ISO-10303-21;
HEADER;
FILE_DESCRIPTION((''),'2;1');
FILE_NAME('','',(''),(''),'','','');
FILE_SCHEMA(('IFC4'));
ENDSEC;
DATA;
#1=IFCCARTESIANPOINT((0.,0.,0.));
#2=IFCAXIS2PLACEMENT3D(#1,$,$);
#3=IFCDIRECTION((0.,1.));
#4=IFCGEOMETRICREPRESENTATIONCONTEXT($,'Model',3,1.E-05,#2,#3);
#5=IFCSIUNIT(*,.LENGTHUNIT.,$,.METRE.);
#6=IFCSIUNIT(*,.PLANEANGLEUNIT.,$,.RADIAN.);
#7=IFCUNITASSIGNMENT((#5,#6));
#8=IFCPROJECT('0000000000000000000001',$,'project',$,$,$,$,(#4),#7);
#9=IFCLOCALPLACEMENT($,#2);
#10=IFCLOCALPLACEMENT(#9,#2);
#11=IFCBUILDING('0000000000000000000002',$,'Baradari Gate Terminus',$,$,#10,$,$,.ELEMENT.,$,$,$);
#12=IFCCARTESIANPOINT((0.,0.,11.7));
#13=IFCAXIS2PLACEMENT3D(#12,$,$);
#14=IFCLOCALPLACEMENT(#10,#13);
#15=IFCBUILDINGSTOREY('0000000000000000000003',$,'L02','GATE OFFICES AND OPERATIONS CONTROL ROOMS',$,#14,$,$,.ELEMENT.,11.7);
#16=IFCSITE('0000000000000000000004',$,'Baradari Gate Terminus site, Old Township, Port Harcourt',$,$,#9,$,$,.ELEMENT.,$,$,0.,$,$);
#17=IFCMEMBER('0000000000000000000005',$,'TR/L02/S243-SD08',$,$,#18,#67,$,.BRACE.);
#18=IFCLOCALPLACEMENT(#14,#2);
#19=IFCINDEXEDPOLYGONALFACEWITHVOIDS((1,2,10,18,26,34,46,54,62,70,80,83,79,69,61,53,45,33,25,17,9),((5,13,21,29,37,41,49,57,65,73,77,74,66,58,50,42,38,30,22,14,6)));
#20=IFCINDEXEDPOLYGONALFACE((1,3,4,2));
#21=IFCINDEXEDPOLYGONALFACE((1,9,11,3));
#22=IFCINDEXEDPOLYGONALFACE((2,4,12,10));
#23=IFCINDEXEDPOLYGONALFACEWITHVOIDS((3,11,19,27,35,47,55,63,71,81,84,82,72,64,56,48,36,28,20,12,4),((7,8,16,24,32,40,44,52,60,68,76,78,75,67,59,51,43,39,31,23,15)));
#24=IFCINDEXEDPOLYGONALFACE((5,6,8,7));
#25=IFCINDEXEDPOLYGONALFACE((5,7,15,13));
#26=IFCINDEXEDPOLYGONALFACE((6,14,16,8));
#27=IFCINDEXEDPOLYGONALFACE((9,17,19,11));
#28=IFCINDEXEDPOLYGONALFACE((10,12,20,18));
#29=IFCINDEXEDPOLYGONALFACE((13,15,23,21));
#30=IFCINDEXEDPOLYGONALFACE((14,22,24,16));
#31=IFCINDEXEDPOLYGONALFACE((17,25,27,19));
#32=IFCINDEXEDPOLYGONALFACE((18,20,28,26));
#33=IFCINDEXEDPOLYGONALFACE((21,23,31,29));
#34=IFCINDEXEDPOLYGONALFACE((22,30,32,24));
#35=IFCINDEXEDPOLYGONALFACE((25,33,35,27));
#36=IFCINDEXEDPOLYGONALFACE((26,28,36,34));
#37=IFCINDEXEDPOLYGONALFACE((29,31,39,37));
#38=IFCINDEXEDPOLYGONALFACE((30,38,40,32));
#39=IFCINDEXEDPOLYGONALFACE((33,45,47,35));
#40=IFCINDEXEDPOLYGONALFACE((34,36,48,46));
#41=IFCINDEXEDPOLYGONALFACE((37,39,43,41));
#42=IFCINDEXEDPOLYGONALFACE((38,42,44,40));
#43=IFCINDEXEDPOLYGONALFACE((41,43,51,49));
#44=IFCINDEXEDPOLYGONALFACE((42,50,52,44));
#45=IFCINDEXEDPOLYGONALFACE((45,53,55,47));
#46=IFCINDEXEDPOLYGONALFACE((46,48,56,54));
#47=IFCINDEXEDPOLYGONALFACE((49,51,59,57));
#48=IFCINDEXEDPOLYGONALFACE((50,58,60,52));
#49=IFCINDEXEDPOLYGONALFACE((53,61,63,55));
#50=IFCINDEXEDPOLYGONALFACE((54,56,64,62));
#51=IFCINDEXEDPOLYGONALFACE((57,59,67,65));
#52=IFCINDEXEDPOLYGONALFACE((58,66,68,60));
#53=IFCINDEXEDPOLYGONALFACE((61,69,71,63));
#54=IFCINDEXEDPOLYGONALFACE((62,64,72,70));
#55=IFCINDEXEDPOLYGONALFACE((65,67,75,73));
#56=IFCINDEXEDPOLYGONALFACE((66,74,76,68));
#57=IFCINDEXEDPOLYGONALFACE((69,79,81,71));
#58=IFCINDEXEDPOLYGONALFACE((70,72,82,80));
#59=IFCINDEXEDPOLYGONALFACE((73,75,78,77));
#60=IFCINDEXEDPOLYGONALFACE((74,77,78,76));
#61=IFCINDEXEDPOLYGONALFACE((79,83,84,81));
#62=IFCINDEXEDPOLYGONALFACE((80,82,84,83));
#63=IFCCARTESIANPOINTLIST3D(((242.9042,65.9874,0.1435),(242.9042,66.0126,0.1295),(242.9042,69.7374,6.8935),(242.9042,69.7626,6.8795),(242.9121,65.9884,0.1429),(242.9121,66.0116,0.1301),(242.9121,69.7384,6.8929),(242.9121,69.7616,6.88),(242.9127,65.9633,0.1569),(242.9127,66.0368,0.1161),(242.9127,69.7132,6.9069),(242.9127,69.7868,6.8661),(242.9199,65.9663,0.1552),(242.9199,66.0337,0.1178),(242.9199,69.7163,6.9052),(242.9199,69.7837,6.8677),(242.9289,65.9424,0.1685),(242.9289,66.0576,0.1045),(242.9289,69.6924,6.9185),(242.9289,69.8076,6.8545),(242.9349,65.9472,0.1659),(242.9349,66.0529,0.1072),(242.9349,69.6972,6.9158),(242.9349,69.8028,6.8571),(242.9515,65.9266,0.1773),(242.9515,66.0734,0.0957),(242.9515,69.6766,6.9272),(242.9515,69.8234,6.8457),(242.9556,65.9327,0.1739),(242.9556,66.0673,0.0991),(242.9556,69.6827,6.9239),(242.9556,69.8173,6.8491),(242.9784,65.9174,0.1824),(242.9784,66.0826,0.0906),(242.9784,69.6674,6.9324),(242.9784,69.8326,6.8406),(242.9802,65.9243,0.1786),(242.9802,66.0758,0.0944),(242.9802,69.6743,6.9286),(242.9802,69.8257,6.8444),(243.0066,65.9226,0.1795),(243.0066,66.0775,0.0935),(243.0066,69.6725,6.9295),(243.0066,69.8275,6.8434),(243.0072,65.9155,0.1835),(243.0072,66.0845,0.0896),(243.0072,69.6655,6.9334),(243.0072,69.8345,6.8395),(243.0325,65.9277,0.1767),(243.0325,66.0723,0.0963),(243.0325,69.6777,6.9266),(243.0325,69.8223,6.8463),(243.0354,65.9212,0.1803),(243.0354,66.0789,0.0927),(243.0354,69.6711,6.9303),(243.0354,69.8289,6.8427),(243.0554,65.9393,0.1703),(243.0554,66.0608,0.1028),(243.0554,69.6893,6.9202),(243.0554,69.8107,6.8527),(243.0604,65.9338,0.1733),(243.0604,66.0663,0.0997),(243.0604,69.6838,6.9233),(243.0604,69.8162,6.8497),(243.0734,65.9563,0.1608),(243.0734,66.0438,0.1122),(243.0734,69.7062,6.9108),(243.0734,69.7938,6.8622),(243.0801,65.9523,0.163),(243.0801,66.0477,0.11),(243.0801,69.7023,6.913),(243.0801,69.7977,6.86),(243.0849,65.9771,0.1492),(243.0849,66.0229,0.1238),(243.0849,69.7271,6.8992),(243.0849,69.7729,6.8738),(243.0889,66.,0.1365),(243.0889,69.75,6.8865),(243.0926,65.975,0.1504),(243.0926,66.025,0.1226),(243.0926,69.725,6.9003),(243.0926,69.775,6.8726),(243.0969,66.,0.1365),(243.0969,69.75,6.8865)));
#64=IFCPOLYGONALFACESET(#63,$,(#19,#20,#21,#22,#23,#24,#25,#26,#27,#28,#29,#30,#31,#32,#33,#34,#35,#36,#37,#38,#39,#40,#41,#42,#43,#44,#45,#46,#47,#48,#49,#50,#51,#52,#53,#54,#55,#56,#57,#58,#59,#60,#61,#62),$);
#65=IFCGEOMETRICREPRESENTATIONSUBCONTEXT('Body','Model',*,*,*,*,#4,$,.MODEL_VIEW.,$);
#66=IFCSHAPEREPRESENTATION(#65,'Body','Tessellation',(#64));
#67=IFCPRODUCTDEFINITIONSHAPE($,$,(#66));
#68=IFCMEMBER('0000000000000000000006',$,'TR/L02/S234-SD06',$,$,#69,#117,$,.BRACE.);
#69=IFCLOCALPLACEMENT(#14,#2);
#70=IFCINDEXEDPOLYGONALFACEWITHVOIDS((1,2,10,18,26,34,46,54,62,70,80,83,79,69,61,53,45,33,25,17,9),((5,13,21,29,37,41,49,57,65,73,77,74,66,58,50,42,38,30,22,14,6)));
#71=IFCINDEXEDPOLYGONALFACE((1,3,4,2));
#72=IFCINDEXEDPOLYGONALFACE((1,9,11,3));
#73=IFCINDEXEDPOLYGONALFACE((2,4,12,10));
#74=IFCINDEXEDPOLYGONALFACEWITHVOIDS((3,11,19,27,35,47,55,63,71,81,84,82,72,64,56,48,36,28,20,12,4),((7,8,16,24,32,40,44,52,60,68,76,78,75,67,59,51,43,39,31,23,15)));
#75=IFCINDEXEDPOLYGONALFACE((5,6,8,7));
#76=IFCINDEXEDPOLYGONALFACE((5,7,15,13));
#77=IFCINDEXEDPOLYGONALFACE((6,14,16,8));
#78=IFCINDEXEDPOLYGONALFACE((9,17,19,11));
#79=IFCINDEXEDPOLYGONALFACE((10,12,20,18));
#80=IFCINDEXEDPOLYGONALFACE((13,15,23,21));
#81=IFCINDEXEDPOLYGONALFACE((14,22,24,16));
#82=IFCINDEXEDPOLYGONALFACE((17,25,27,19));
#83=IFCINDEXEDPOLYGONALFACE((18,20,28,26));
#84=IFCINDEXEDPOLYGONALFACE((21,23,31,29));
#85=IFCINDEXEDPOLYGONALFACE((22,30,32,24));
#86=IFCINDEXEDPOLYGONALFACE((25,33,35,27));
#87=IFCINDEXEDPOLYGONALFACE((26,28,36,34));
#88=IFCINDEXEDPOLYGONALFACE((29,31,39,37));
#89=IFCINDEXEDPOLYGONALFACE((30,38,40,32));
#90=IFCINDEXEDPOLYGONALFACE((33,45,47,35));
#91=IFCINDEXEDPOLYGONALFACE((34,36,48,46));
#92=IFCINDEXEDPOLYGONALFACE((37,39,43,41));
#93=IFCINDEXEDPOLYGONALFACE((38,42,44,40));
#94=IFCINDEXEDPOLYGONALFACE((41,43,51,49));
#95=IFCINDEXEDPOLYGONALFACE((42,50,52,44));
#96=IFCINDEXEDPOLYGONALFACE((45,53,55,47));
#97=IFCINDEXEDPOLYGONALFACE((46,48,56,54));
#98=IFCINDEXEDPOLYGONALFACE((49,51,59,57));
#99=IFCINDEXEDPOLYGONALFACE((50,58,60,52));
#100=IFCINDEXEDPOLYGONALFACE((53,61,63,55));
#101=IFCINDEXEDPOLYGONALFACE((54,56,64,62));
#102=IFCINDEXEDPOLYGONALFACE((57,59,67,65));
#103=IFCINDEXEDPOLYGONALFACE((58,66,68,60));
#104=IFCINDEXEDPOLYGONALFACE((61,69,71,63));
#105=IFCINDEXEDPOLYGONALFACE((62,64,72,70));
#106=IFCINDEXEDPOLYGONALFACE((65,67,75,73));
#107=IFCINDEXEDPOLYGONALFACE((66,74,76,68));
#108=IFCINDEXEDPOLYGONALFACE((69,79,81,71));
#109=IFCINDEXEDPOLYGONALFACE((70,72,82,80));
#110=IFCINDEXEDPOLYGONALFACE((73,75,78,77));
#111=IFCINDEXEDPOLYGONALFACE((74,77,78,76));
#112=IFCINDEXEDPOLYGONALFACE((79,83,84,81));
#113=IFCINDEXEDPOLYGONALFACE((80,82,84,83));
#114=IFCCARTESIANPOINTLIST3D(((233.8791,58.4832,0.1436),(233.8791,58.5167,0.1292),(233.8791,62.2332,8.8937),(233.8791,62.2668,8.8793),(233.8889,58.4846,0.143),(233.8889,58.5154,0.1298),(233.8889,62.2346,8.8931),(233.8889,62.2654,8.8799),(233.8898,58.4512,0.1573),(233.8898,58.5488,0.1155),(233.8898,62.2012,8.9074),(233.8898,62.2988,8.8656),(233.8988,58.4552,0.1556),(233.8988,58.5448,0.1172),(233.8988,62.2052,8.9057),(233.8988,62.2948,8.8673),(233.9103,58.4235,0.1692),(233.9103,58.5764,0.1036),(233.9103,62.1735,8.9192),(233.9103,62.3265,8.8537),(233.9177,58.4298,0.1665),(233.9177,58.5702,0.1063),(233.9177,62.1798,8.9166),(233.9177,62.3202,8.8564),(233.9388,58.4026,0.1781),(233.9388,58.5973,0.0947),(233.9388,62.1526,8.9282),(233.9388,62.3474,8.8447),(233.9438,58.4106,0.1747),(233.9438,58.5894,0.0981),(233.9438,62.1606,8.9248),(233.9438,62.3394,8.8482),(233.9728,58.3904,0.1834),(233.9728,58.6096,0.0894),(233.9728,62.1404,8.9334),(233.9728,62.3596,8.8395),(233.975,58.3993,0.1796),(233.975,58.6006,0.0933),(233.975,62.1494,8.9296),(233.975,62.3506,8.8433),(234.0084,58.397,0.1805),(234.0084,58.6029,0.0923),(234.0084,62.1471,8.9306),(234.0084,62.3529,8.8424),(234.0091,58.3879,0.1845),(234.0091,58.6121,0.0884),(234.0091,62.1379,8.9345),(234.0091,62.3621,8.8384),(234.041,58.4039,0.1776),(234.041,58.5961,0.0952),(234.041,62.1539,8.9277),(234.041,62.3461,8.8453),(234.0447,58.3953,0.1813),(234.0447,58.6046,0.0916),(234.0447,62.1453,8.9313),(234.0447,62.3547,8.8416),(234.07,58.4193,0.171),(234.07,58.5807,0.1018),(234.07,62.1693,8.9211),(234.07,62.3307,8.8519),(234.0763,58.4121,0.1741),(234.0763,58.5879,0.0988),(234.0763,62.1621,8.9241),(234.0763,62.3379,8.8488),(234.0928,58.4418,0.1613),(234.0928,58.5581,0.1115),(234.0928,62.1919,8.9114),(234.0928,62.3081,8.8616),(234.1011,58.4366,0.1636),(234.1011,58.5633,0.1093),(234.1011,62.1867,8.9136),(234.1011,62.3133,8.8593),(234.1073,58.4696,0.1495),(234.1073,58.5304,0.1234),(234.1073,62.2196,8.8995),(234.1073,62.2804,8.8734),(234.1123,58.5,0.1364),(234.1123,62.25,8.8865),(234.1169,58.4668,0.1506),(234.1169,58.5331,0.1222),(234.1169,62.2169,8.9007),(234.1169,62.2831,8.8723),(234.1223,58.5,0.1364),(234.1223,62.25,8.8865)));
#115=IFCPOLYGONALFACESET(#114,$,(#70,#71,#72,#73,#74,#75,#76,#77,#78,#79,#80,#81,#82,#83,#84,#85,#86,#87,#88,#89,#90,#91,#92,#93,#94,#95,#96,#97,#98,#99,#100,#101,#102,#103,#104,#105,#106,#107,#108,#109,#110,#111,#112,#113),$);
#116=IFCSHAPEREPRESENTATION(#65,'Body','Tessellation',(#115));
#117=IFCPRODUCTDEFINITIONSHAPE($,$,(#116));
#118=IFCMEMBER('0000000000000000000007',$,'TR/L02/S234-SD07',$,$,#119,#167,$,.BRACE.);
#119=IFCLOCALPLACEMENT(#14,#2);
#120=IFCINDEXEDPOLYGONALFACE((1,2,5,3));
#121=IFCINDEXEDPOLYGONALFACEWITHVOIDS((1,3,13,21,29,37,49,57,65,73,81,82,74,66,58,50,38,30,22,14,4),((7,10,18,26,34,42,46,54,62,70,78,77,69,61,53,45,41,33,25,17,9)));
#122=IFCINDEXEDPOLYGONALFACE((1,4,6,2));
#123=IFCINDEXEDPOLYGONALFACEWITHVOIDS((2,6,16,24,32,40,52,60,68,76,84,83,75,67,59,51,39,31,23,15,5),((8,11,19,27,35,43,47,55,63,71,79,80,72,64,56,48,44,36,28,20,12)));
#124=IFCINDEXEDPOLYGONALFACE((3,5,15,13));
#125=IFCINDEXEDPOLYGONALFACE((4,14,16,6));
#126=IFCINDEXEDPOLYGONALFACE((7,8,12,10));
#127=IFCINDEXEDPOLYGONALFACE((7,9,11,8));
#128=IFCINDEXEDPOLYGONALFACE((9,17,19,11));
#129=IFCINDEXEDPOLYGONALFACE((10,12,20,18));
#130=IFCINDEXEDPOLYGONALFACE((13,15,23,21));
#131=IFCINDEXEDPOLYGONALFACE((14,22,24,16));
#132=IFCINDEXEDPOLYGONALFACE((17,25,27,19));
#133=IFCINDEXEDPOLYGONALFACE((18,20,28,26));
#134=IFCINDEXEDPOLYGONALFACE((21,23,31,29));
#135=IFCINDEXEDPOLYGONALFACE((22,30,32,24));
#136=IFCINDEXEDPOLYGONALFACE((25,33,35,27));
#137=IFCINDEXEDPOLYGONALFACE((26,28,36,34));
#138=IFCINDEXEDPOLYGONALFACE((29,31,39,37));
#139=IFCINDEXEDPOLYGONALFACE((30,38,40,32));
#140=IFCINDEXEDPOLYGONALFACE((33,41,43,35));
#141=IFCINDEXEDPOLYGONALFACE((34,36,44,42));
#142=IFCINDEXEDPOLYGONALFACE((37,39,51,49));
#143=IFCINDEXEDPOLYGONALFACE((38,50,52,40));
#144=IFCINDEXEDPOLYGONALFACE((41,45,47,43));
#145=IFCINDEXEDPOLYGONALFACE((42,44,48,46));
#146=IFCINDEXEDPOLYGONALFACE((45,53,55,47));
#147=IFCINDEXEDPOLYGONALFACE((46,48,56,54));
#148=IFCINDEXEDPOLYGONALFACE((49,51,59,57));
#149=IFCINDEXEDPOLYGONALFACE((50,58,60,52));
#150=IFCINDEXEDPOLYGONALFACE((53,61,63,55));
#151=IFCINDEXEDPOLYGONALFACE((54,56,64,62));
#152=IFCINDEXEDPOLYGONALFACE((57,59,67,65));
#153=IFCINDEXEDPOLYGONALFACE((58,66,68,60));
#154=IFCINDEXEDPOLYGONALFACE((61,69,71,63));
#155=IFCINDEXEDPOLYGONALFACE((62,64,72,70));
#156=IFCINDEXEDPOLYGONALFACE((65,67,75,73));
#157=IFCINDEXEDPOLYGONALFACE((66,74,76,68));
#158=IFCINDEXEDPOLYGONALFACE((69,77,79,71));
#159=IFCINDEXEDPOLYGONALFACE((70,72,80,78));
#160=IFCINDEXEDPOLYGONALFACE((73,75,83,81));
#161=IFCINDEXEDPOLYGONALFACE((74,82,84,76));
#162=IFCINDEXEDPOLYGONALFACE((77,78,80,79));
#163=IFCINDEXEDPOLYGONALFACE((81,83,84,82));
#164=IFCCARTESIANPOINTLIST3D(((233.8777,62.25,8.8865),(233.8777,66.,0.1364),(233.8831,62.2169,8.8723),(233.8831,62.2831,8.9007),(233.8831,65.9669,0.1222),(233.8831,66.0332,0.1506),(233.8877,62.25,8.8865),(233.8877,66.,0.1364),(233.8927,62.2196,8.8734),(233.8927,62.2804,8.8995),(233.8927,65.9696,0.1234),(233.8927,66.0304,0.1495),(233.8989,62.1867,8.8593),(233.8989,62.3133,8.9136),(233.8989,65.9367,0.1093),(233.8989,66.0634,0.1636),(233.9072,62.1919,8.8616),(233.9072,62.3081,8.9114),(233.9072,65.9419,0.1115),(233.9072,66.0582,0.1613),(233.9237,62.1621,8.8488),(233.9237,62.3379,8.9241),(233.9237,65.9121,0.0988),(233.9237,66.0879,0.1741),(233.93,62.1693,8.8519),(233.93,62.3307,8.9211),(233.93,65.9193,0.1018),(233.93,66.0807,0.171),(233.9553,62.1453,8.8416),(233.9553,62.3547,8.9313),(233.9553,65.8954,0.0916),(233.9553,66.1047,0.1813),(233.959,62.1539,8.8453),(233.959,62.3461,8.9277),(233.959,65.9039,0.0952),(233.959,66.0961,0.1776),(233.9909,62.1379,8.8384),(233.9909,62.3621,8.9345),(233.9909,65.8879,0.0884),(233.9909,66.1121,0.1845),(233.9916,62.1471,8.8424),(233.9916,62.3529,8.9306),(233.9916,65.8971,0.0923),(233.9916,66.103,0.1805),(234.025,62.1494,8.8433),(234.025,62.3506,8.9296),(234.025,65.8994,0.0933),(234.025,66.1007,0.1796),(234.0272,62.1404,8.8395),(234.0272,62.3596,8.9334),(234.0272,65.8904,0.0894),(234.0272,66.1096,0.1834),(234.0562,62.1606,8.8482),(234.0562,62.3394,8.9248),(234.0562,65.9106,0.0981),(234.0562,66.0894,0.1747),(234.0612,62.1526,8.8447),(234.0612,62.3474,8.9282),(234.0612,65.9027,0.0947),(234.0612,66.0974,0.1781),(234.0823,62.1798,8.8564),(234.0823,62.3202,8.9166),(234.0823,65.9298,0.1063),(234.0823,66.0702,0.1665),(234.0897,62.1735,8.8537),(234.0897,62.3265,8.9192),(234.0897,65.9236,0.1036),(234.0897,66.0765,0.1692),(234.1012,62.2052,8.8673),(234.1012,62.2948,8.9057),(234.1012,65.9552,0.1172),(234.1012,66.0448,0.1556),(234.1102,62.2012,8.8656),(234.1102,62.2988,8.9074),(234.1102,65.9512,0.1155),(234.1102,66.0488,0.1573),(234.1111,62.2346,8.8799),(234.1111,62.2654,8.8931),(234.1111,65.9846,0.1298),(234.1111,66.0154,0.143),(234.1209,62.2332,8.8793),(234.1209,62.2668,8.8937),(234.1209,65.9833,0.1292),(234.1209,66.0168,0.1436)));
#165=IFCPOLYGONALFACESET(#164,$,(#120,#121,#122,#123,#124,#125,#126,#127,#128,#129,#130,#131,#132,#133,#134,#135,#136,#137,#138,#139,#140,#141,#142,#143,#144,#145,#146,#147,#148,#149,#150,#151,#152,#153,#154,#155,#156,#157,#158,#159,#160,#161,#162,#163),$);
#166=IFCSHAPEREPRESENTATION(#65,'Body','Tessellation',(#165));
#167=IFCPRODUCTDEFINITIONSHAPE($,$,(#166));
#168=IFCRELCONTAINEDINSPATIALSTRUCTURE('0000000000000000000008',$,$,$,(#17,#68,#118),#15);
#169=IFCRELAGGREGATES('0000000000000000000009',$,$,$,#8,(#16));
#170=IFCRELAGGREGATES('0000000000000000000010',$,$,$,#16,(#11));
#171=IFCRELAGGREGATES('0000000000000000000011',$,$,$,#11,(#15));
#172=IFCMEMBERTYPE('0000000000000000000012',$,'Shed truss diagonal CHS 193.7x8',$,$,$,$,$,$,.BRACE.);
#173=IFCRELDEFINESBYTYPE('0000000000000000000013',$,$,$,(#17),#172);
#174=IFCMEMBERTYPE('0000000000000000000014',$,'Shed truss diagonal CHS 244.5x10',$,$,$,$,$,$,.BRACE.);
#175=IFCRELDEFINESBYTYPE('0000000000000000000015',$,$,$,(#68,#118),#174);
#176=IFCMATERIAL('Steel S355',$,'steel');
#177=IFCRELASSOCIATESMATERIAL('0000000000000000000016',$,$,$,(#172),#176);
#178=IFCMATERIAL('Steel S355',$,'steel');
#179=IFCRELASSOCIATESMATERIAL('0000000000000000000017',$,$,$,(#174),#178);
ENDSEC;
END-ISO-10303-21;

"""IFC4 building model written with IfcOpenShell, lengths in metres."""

from ifc_helpers import new_model, si_unit, direction, frame, origin, origin_2d, place, context, subcontext, project, spatial, hollow_circle, extrude, material, material_profile, profile_set, type_object, element, save


model = new_model("IFC4")

# Units and contexts
model_context = context("Model", 3, precision=1e-05, world=origin(), true_north=direction((0.0, 1.0)))
body_context = subcontext(model_context, "Body", "Model", "MODEL_VIEW")
ifc_project = project(units=[si_unit("LENGTHUNIT", "METRE"), si_unit("PLANEANGLEUNIT", "RADIAN")], contexts=[model_context])

# Site, building, storey
site_placement = place(None, origin())
site = spatial("IfcSite", under=ifc_project, at=site_placement, Name="Baradari Gate Terminus site, Old Township, Port Harcourt", CompositionType="ELEMENT", RefElevation=0.0)
building_placement = place(site_placement, origin())
building = spatial("IfcBuilding", under=site, at=building_placement, Name="Baradari Gate Terminus", CompositionType="ELEMENT")
storey_placement = place(building_placement, frame((0.0, 0.0, 11.7)))
storey = spatial("IfcBuildingStorey", under=building, at=storey_placement, Name="L02", Description="GATE OFFICES AND OPERATIONS CONTROL ROOMS", CompositionType="ELEMENT", Elevation=11.7)

# Members
ifc_material_1 = material(Name="Steel S355", Category="steel")
ifc_material_profile_1 = material_profile(ifc_material_1, hollow_circle(Radius=0.0969, WallThickness=0.0081, at=origin_2d()), Name="CHS 193.7x8")
ifc_profile_set_1 = profile_set([ifc_material_profile_1], Name="Steel S355")
member_type_1 = type_object("IfcMemberType", Name="Shed truss diagonal CHS 193.7x8", PredefinedType="BRACE", material=ifc_profile_set_1)
for number, where, z_axis, x_axis, name in (
    (1, (243.0, 69.75, 6.8865), (0.0, -0.485643, -0.874157), (1.0, 0.0, 0.0), "TR/L02/S243-SD08"),
):
    element("IfcMember", number, at=place(storey_placement, frame(where, z_axis=z_axis, x_axis=x_axis)), inside=storey, type_object=member_type_1, Name=name, PredefinedType="BRACE", context=body_context, shape_type="SweptSolid", body=[
        extrude(hollow_circle(Radius=0.0969, WallThickness=0.0081, at=origin_2d()), origin(), (0.0, 0.0, 1.0), 7.7217),
    ])
ifc_material_2 = material(Name="Steel S355", Category="steel")
ifc_material_profile_2 = material_profile(ifc_material_2, hollow_circle(Radius=0.1223, WallThickness=0.01, at=origin_2d()), Name="CHS 244.5x10")
ifc_profile_set_2 = profile_set([ifc_material_profile_2], Name="Steel S355")
member_type_2 = type_object("IfcMemberType", Name="Shed truss diagonal CHS 244.5x10", PredefinedType="BRACE", material=ifc_profile_set_2)
for number, where, z_axis, x_axis, name in (
    (2, (234.0, 62.25, 8.8865), (0.0, -0.393919, -0.919145), (1.0, 0.0, 0.0), "TR/L02/S234-SD06"),
    (3, (234.0, 62.25, 8.8865), (0.0, 0.393919, -0.919145), (-1.0, 0.0, 0.0), "TR/L02/S234-SD07"),
):
    element("IfcMember", number, at=place(storey_placement, frame(where, z_axis=z_axis, x_axis=x_axis)), inside=storey, type_object=member_type_2, Name=name, PredefinedType="BRACE", context=body_context, shape_type="SweptSolid", body=[
        extrude(hollow_circle(Radius=0.1223, WallThickness=0.01, at=origin_2d()), origin(), (0.0, 0.0, 1.0), 9.5198),
    ])

save(model, "model.ifc")
